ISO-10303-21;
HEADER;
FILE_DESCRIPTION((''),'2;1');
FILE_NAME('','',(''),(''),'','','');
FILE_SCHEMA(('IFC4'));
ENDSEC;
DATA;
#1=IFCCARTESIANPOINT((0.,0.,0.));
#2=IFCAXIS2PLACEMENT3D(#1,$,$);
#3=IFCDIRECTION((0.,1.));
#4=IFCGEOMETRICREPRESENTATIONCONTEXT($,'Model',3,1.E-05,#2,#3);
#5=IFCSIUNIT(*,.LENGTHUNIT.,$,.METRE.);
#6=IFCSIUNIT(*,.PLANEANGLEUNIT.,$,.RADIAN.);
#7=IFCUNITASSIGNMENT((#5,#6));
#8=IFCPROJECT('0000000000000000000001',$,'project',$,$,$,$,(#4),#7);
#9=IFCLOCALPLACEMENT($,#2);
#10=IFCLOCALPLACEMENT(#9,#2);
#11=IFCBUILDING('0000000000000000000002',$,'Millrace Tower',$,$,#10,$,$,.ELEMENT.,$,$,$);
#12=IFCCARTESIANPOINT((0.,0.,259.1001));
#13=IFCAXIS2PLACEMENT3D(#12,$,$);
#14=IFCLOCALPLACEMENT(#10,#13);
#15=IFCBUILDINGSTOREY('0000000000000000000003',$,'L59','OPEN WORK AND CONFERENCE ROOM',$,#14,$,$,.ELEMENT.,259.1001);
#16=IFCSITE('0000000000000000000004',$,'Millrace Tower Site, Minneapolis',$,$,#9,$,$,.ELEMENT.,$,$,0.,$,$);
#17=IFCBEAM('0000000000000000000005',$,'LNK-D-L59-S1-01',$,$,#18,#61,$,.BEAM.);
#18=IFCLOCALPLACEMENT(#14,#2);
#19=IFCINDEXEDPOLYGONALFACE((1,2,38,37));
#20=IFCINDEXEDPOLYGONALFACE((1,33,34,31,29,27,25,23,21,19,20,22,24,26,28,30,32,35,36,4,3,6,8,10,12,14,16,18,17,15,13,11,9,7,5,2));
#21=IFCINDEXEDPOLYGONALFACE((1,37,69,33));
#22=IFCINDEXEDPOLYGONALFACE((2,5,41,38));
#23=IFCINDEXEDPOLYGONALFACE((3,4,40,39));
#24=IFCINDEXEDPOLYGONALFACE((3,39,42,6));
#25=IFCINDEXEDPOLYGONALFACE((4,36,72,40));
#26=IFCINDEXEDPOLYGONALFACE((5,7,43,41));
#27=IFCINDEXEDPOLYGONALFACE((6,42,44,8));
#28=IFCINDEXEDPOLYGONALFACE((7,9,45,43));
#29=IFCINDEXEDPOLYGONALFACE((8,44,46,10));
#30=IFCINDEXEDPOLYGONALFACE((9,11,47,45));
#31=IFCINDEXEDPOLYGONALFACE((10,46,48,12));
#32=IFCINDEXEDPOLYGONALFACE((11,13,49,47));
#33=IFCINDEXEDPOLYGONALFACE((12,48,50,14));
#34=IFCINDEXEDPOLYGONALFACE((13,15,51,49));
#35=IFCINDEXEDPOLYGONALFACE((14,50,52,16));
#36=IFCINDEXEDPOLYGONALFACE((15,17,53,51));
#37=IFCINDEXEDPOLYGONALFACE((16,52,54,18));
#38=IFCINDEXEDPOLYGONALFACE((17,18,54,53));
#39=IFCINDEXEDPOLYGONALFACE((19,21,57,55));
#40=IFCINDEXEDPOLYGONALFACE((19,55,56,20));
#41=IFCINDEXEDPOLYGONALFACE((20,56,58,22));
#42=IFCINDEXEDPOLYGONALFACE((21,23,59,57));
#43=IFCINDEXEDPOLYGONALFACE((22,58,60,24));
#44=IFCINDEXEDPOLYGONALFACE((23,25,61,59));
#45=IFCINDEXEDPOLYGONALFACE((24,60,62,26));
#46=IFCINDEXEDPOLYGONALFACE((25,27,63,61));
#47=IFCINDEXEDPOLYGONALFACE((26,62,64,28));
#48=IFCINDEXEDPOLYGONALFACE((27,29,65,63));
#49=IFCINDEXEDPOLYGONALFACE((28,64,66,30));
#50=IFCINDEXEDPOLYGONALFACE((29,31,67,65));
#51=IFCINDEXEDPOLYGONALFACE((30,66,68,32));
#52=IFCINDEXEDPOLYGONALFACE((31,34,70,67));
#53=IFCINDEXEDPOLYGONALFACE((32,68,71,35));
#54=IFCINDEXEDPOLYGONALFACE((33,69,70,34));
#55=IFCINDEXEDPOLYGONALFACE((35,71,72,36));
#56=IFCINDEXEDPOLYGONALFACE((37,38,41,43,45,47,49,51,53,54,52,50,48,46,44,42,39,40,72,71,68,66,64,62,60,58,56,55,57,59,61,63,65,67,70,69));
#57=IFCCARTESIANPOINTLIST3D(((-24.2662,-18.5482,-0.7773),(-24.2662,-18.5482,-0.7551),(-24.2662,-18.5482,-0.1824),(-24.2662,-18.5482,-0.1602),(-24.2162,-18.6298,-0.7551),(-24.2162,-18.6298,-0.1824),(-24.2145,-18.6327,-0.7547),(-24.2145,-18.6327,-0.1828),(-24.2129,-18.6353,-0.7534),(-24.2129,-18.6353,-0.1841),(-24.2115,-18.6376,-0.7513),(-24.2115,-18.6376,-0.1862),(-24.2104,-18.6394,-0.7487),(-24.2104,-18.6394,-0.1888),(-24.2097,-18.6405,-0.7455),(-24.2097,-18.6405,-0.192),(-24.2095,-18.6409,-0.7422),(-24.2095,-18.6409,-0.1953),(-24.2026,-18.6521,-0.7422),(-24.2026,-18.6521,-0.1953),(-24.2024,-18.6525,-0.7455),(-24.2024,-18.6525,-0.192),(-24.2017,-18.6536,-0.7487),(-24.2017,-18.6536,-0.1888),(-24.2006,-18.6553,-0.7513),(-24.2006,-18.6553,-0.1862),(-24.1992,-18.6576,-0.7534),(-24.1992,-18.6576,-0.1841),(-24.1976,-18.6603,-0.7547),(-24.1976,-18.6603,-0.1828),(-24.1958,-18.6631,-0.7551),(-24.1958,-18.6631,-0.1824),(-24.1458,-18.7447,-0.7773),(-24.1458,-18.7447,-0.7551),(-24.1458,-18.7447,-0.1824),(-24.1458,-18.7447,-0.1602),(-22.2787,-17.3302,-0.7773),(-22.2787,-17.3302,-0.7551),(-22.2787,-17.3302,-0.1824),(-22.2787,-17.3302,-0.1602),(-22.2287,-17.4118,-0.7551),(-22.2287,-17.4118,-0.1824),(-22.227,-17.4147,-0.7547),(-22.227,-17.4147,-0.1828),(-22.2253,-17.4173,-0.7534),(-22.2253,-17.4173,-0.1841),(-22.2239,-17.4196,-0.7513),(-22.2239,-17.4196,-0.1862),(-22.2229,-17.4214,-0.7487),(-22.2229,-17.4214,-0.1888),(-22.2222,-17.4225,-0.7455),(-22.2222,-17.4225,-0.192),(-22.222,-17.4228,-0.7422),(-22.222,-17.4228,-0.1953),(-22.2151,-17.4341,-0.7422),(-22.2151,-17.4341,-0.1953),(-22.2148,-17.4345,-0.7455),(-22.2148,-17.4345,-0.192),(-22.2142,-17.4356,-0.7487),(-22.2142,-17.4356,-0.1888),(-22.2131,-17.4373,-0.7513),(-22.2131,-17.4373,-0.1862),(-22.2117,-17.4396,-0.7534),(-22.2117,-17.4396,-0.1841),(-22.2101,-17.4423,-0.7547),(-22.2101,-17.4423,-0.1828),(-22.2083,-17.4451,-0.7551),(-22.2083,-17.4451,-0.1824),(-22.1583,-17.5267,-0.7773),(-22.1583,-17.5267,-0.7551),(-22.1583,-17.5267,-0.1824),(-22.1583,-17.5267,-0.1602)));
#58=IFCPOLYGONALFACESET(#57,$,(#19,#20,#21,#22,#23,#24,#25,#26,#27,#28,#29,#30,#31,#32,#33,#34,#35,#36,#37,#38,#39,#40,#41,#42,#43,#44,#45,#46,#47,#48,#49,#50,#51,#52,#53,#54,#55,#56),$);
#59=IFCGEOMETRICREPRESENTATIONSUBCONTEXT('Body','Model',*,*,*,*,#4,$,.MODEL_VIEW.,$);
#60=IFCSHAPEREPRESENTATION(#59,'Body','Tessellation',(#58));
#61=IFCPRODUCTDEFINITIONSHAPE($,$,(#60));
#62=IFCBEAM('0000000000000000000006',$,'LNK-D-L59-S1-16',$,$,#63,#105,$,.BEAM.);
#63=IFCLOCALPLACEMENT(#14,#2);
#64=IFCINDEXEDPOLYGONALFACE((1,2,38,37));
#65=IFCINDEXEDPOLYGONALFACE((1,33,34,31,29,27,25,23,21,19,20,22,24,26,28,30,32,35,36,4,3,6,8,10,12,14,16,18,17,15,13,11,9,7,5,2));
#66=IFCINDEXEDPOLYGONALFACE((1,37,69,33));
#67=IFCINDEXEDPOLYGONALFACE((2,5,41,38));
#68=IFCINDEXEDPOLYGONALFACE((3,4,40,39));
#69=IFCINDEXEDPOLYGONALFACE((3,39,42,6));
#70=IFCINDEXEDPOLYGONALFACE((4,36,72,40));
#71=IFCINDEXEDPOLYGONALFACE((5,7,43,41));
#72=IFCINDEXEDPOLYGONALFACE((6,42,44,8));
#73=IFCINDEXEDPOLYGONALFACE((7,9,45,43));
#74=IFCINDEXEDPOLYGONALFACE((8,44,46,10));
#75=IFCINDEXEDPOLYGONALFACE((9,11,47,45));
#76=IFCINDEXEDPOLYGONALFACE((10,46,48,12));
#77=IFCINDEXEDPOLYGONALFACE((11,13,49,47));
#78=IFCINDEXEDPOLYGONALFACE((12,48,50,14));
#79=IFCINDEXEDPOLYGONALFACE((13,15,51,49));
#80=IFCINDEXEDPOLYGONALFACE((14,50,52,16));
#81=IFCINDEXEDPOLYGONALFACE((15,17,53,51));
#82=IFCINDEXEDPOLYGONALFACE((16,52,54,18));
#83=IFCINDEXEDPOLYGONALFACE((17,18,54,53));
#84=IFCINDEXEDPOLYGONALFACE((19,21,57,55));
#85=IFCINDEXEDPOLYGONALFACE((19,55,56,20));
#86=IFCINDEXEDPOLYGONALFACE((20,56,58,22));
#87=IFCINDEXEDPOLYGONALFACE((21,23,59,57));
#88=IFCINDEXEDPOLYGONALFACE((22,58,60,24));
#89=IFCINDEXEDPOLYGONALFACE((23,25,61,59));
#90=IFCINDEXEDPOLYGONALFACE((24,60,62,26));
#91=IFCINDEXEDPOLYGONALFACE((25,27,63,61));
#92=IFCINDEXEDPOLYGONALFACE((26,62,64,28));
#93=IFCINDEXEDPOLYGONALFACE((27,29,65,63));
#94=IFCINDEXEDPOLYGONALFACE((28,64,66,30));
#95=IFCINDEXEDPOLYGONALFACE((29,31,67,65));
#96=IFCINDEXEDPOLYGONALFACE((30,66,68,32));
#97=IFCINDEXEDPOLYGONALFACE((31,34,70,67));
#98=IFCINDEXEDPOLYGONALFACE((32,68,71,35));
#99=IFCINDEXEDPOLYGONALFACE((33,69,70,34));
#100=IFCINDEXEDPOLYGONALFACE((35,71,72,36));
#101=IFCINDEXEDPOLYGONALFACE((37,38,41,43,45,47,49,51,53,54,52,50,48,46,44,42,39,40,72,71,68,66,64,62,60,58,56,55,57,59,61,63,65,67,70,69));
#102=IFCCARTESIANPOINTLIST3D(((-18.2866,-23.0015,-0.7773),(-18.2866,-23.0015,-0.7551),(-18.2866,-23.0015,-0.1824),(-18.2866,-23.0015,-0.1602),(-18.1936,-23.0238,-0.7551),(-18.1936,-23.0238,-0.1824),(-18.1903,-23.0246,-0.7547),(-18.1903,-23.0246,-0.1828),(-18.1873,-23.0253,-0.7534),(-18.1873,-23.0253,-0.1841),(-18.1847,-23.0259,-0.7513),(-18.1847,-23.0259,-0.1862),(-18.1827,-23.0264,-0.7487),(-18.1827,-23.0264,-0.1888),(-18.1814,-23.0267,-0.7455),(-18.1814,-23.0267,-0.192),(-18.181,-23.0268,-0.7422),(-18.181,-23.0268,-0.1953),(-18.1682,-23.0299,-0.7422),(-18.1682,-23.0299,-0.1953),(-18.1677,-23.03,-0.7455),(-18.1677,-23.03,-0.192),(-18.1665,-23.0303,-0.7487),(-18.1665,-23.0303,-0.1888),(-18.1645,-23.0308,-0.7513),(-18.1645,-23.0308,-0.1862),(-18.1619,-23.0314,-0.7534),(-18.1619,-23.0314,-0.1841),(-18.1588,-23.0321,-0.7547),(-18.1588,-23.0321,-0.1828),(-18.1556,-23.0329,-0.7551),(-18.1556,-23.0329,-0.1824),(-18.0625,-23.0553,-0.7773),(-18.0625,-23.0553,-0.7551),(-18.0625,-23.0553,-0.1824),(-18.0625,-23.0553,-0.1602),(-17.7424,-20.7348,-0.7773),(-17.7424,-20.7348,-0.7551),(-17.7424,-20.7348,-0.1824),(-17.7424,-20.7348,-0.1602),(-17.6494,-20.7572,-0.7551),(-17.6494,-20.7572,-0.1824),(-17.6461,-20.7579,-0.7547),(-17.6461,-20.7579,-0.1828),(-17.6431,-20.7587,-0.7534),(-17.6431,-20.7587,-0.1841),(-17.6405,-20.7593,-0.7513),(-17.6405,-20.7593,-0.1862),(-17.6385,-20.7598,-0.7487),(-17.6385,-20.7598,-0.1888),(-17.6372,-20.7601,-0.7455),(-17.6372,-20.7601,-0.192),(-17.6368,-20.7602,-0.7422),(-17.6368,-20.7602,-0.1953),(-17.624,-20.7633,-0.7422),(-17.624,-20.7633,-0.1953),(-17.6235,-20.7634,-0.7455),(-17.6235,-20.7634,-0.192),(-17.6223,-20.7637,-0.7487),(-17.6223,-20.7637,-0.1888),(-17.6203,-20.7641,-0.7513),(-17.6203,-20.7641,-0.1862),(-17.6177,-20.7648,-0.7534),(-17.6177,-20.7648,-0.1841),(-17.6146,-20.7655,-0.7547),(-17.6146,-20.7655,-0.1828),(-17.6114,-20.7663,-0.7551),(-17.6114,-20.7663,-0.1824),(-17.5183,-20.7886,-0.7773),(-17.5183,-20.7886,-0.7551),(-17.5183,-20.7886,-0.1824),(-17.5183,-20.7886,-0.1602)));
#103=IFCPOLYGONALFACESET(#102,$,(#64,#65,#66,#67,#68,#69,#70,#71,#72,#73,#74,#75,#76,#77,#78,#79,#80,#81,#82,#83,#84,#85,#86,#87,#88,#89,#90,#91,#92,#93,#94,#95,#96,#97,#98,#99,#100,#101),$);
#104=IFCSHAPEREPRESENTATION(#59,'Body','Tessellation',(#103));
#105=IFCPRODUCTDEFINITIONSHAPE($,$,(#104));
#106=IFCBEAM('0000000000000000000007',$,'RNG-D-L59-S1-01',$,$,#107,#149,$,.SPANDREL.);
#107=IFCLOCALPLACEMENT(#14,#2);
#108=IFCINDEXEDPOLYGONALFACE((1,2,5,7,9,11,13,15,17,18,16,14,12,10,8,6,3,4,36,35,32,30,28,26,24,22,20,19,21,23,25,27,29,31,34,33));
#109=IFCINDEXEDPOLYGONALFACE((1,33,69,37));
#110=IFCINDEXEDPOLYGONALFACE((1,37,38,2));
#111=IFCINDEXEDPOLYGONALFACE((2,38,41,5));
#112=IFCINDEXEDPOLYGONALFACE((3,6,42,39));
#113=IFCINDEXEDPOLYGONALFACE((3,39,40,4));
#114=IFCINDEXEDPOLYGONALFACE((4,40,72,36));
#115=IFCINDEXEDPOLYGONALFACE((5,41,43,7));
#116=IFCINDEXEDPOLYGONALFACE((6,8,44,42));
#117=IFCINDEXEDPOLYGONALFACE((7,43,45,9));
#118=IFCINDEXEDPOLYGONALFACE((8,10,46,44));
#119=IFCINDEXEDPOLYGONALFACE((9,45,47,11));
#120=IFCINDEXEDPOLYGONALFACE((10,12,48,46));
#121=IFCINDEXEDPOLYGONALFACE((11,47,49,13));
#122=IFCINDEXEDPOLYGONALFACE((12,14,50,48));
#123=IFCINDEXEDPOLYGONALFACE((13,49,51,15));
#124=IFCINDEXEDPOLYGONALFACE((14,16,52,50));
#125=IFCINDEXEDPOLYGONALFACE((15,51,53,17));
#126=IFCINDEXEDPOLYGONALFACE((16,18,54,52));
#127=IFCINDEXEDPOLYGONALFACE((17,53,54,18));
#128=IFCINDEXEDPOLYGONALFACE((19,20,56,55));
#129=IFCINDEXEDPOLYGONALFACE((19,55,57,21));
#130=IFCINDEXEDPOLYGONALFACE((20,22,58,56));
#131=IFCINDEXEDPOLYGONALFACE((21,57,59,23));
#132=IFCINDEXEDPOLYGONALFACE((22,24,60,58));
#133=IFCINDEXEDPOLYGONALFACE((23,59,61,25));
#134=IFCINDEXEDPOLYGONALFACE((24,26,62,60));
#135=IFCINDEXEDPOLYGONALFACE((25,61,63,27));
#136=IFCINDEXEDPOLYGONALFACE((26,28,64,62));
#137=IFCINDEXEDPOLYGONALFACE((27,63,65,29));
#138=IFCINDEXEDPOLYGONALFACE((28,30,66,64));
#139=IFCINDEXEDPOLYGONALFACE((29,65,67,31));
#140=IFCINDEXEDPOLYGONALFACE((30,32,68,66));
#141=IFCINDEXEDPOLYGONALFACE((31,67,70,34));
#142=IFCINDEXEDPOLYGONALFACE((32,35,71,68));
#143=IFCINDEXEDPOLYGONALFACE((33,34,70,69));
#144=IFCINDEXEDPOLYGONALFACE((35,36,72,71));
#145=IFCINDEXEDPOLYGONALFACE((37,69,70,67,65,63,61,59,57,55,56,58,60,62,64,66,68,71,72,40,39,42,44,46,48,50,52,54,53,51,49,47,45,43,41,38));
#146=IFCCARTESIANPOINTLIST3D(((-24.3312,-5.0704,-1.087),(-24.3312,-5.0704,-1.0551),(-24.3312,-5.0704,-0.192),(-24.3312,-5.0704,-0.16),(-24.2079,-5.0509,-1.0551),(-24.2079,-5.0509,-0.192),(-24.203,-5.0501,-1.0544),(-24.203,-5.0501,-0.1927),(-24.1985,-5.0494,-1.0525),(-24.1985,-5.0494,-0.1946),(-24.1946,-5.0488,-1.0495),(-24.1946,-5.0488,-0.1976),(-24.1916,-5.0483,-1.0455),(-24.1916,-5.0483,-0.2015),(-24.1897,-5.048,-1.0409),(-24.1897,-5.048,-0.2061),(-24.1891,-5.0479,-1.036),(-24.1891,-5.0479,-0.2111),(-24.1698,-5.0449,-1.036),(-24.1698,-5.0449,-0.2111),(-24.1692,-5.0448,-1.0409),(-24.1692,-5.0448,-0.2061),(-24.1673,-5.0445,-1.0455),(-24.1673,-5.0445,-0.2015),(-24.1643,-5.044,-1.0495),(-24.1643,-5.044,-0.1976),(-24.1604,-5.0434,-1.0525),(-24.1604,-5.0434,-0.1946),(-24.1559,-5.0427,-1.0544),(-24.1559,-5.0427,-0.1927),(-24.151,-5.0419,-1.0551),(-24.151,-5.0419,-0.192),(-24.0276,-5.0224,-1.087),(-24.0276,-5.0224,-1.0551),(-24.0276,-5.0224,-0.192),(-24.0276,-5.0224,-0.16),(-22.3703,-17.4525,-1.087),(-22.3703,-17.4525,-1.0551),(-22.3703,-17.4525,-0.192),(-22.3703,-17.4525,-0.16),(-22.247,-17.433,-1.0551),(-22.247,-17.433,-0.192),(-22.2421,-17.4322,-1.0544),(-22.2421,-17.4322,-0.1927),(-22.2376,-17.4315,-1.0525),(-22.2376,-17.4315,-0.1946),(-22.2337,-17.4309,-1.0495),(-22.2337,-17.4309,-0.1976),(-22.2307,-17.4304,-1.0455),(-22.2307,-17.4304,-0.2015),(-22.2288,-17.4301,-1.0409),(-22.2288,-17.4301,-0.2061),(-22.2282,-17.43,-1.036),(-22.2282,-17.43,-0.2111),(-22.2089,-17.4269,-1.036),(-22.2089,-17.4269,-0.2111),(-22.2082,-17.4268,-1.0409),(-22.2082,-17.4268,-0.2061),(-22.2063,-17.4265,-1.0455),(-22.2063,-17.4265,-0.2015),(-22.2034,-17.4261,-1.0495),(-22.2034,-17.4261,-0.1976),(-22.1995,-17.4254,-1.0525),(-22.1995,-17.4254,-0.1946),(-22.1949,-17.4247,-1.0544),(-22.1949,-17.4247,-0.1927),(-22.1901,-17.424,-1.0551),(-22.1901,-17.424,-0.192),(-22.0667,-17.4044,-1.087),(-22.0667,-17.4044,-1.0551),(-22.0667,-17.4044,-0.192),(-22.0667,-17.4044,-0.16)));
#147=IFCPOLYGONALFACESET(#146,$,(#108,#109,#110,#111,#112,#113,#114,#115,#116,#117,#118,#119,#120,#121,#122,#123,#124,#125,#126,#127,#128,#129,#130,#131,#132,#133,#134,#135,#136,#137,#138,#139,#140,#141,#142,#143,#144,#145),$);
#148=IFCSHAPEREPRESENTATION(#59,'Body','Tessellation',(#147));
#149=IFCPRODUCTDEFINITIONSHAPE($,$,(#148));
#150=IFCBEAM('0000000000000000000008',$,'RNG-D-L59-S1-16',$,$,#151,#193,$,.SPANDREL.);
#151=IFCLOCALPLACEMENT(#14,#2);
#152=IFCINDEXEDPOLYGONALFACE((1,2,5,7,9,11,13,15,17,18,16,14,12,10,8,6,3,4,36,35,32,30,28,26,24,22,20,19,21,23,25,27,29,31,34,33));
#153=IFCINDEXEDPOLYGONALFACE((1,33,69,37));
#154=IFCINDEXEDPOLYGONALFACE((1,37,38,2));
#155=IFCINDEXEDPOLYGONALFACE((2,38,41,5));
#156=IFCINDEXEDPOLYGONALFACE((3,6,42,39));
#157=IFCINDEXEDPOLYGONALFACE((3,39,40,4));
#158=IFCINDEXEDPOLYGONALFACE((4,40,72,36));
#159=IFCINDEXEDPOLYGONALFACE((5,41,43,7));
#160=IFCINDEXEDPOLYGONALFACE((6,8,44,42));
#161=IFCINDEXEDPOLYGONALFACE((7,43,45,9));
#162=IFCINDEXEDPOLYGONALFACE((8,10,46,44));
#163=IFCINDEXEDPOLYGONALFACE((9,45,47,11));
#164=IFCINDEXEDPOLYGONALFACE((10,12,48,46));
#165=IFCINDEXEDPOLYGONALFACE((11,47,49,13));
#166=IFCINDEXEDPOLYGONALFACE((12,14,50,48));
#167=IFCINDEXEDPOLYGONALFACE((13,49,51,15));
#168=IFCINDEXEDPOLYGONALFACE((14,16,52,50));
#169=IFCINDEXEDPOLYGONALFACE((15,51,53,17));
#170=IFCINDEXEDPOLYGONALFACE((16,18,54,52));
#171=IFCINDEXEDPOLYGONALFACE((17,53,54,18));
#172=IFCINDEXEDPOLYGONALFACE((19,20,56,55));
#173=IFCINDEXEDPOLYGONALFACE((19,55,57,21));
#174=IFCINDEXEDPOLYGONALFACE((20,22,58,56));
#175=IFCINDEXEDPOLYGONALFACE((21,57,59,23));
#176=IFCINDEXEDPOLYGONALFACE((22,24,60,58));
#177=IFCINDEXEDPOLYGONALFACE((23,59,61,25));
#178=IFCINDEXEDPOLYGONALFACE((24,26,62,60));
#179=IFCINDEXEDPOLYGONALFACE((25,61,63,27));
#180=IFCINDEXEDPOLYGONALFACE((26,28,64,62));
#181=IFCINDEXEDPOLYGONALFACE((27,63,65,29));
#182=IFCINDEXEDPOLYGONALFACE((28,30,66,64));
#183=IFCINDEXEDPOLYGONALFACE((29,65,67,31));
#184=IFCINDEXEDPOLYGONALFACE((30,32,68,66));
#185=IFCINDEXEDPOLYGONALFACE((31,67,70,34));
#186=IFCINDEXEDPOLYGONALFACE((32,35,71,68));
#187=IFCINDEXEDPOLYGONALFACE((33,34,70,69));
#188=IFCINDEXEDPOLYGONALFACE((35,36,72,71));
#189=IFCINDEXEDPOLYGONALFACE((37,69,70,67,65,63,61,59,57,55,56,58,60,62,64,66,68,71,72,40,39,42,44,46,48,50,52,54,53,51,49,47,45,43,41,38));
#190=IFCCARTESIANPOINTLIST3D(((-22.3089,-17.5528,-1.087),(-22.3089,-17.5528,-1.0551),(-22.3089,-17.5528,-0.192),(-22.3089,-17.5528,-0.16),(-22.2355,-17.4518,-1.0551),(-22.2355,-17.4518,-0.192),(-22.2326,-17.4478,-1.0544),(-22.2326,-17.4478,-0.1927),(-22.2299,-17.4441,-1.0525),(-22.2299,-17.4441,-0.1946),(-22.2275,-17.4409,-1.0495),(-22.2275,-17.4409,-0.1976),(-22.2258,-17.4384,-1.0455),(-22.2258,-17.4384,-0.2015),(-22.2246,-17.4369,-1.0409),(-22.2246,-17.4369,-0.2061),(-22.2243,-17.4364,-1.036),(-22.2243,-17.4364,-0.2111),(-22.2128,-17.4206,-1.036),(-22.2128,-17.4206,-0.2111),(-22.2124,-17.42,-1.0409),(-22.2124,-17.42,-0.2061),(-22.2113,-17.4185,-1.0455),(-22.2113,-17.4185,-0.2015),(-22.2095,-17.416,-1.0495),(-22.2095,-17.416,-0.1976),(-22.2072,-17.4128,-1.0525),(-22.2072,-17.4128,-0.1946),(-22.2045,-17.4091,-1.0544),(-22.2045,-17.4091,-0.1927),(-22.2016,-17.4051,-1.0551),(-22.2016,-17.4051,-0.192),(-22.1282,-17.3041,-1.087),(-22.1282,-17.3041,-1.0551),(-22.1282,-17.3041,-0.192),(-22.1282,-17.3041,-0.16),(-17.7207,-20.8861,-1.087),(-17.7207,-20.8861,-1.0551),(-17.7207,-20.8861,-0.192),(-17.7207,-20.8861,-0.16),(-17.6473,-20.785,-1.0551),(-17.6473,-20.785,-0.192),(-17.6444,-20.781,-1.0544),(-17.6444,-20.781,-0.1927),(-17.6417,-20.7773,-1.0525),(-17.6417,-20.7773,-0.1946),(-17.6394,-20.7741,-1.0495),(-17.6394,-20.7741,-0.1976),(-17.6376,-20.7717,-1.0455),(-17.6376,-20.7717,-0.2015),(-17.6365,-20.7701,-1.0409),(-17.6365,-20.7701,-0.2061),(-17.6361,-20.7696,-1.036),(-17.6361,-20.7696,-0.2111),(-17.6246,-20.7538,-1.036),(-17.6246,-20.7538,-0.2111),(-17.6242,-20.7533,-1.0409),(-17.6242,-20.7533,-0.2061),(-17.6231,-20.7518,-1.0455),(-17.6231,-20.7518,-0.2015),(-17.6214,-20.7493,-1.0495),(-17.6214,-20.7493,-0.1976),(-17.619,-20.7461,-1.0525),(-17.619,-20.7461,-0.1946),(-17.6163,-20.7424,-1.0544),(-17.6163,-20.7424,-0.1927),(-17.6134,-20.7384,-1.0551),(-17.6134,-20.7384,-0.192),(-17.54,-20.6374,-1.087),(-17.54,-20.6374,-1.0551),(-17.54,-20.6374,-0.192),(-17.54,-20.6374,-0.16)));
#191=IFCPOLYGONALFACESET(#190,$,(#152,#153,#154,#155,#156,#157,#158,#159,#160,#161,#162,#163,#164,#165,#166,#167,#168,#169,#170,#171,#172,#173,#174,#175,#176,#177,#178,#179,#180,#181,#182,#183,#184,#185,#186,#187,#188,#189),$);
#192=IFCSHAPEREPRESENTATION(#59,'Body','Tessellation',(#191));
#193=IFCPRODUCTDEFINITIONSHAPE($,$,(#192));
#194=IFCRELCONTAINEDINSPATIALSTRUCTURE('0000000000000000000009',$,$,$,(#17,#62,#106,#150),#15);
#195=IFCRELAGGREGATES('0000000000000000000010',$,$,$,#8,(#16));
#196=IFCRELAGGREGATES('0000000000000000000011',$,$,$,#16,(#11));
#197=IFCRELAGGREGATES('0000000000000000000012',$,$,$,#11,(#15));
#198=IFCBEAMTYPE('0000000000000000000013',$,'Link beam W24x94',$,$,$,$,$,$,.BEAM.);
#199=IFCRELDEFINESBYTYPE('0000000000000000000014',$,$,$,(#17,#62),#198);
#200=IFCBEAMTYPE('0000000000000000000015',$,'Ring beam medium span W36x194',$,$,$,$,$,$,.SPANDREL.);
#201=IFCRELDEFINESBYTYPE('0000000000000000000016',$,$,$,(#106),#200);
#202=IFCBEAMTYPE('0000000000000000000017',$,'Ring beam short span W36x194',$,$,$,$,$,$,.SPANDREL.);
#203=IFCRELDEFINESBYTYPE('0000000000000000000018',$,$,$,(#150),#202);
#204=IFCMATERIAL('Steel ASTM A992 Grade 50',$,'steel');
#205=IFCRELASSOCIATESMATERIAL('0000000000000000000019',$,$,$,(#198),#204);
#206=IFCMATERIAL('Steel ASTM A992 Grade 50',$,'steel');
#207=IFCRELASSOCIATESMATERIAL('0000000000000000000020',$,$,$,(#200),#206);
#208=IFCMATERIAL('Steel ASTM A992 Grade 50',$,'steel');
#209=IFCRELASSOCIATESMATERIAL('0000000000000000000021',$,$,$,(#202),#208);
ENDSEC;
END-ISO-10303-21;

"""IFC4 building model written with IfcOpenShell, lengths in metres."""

from ifc_helpers import new_model, si_unit, direction, frame, origin, origin_2d, place, context, subcontext, project, spatial, i_section, extrude, material, material_profile, profile_set, type_object, element, save


model = new_model("IFC4")

# Units and contexts
model_context = context("Model", 3, precision=1e-05, world=origin(), true_north=direction((0.0, 1.0)))
body_context = subcontext(model_context, "Body", "Model", "MODEL_VIEW")
ifc_project = project(units=[si_unit("LENGTHUNIT", "METRE"), si_unit("PLANEANGLEUNIT", "RADIAN")], contexts=[model_context])

# Site, building, storey
site_placement = place(None, origin())
site = spatial("IfcSite", under=ifc_project, at=site_placement, Name="Millrace Tower Site, Minneapolis", CompositionType="ELEMENT", RefElevation=0.0)
building_placement = place(site_placement, origin())
building = spatial("IfcBuilding", under=site, at=building_placement, Name="Millrace Tower", CompositionType="ELEMENT")
storey_placement = place(building_placement, frame((0.0, 0.0, 259.1001)))
storey = spatial("IfcBuildingStorey", under=building, at=storey_placement, Name="L59", Description="OPEN WORK AND CONFERENCE ROOM", CompositionType="ELEMENT", Elevation=259.1001)

# Beams
ifc_material_1 = material(Name="Steel ASTM A992 Grade 50", Category="steel")
ifc_material_profile_1 = material_profile(ifc_material_1, i_section(OverallWidth=0.2305, OverallDepth=0.6172, WebThickness=0.0132, FlangeThickness=0.0222, FilletRadius=0.0129, at=origin_2d()))
ifc_profile_set_1 = profile_set([ifc_material_profile_1], Name="Steel ASTM A992 Grade 50")
beam_type_1 = type_object("IfcBeamType", Name="Link beam W24x94", PredefinedType="BEAM", material=ifc_profile_set_1)
for number, where, z_axis, x_axis, name in (
    (1, (-22.2185, -17.4285, -0.4688), (-0.852631, -0.522513, 0.0), (0.522513, -0.852631, 0.0), "LNK-D-L59-S1-01"),
    (2, (-17.6304, -20.7617, -0.4688), (-0.233456, -0.972367, 0.0), (0.972367, -0.233456, 0.0), "LNK-D-L59-S1-16"),
):
    element("IfcBeam", number, at=place(storey_placement, frame(where, z_axis=z_axis, x_axis=x_axis)), inside=storey, type_object=beam_type_1, Name=name, PredefinedType="BEAM", context=body_context, shape_type="SweptSolid", body=[
        extrude(i_section(OverallWidth=0.2305, OverallDepth=0.6172, WebThickness=0.0132, FlangeThickness=0.0222, FilletRadius=0.0129, at=origin_2d()), origin(), (0.0, 0.0, 1.0), 2.3311),
    ])
ifc_material_2 = material(Name="Steel ASTM A992 Grade 50", Category="steel")
ifc_material_profile_2 = material_profile(ifc_material_2, i_section(OverallWidth=0.3074, OverallDepth=0.927, WebThickness=0.0195, FlangeThickness=0.032, FilletRadius=0.019, at=origin_2d()))
ifc_profile_set_2 = profile_set([ifc_material_profile_2], Name="Steel ASTM A992 Grade 50")
beam_type_2 = type_object("IfcBeamType", Name="Ring beam medium span W36x194", PredefinedType="SPANDREL", material=ifc_profile_set_2)
beam_1_placement = place(storey_placement, frame((-22.2185, -17.4285, -0.6235), z_axis=(-0.15642, 0.987691, 0.0), x_axis=(-0.987691, -0.15642, 0.0)))
element("IfcBeam", 3, at=beam_1_placement, inside=storey, type_object=beam_type_2, Name="RNG-D-L59-S1-01", PredefinedType="SPANDREL", context=body_context, shape_type="SweptSolid", body=[
    extrude(i_section(OverallWidth=0.3074, OverallDepth=0.927, WebThickness=0.0195, FlangeThickness=0.032, FilletRadius=0.019, at=origin_2d()), origin(), (0.0, 0.0, 1.0), 12.5364),
])
ifc_material_3 = material(Name="Steel ASTM A992 Grade 50", Category="steel")
ifc_material_profile_3 = material_profile(ifc_material_3, i_section(OverallWidth=0.3074, OverallDepth=0.927, WebThickness=0.0195, FlangeThickness=0.032, FilletRadius=0.019, at=origin_2d()))
ifc_profile_set_3 = profile_set([ifc_material_profile_3], Name="Steel ASTM A992 Grade 50")
beam_type_3 = type_object("IfcBeamType", Name="Ring beam short span W36x194", PredefinedType="SPANDREL", material=ifc_profile_set_3)
beam_2_placement = place(storey_placement, frame((-17.6304, -20.7617, -0.6235), z_axis=(-0.809036, 0.58776, 0.0), x_axis=(-0.58776, -0.809036, 0.0)))
element("IfcBeam", 4, at=beam_2_placement, inside=storey, type_object=beam_type_3, Name="RNG-D-L59-S1-16", PredefinedType="SPANDREL", context=body_context, shape_type="SweptSolid", body=[
    extrude(i_section(OverallWidth=0.3074, OverallDepth=0.927, WebThickness=0.0195, FlangeThickness=0.032, FilletRadius=0.019, at=origin_2d()), origin(), (0.0, 0.0, 1.0), 5.6711),
])

save(model, "model.ifc")
